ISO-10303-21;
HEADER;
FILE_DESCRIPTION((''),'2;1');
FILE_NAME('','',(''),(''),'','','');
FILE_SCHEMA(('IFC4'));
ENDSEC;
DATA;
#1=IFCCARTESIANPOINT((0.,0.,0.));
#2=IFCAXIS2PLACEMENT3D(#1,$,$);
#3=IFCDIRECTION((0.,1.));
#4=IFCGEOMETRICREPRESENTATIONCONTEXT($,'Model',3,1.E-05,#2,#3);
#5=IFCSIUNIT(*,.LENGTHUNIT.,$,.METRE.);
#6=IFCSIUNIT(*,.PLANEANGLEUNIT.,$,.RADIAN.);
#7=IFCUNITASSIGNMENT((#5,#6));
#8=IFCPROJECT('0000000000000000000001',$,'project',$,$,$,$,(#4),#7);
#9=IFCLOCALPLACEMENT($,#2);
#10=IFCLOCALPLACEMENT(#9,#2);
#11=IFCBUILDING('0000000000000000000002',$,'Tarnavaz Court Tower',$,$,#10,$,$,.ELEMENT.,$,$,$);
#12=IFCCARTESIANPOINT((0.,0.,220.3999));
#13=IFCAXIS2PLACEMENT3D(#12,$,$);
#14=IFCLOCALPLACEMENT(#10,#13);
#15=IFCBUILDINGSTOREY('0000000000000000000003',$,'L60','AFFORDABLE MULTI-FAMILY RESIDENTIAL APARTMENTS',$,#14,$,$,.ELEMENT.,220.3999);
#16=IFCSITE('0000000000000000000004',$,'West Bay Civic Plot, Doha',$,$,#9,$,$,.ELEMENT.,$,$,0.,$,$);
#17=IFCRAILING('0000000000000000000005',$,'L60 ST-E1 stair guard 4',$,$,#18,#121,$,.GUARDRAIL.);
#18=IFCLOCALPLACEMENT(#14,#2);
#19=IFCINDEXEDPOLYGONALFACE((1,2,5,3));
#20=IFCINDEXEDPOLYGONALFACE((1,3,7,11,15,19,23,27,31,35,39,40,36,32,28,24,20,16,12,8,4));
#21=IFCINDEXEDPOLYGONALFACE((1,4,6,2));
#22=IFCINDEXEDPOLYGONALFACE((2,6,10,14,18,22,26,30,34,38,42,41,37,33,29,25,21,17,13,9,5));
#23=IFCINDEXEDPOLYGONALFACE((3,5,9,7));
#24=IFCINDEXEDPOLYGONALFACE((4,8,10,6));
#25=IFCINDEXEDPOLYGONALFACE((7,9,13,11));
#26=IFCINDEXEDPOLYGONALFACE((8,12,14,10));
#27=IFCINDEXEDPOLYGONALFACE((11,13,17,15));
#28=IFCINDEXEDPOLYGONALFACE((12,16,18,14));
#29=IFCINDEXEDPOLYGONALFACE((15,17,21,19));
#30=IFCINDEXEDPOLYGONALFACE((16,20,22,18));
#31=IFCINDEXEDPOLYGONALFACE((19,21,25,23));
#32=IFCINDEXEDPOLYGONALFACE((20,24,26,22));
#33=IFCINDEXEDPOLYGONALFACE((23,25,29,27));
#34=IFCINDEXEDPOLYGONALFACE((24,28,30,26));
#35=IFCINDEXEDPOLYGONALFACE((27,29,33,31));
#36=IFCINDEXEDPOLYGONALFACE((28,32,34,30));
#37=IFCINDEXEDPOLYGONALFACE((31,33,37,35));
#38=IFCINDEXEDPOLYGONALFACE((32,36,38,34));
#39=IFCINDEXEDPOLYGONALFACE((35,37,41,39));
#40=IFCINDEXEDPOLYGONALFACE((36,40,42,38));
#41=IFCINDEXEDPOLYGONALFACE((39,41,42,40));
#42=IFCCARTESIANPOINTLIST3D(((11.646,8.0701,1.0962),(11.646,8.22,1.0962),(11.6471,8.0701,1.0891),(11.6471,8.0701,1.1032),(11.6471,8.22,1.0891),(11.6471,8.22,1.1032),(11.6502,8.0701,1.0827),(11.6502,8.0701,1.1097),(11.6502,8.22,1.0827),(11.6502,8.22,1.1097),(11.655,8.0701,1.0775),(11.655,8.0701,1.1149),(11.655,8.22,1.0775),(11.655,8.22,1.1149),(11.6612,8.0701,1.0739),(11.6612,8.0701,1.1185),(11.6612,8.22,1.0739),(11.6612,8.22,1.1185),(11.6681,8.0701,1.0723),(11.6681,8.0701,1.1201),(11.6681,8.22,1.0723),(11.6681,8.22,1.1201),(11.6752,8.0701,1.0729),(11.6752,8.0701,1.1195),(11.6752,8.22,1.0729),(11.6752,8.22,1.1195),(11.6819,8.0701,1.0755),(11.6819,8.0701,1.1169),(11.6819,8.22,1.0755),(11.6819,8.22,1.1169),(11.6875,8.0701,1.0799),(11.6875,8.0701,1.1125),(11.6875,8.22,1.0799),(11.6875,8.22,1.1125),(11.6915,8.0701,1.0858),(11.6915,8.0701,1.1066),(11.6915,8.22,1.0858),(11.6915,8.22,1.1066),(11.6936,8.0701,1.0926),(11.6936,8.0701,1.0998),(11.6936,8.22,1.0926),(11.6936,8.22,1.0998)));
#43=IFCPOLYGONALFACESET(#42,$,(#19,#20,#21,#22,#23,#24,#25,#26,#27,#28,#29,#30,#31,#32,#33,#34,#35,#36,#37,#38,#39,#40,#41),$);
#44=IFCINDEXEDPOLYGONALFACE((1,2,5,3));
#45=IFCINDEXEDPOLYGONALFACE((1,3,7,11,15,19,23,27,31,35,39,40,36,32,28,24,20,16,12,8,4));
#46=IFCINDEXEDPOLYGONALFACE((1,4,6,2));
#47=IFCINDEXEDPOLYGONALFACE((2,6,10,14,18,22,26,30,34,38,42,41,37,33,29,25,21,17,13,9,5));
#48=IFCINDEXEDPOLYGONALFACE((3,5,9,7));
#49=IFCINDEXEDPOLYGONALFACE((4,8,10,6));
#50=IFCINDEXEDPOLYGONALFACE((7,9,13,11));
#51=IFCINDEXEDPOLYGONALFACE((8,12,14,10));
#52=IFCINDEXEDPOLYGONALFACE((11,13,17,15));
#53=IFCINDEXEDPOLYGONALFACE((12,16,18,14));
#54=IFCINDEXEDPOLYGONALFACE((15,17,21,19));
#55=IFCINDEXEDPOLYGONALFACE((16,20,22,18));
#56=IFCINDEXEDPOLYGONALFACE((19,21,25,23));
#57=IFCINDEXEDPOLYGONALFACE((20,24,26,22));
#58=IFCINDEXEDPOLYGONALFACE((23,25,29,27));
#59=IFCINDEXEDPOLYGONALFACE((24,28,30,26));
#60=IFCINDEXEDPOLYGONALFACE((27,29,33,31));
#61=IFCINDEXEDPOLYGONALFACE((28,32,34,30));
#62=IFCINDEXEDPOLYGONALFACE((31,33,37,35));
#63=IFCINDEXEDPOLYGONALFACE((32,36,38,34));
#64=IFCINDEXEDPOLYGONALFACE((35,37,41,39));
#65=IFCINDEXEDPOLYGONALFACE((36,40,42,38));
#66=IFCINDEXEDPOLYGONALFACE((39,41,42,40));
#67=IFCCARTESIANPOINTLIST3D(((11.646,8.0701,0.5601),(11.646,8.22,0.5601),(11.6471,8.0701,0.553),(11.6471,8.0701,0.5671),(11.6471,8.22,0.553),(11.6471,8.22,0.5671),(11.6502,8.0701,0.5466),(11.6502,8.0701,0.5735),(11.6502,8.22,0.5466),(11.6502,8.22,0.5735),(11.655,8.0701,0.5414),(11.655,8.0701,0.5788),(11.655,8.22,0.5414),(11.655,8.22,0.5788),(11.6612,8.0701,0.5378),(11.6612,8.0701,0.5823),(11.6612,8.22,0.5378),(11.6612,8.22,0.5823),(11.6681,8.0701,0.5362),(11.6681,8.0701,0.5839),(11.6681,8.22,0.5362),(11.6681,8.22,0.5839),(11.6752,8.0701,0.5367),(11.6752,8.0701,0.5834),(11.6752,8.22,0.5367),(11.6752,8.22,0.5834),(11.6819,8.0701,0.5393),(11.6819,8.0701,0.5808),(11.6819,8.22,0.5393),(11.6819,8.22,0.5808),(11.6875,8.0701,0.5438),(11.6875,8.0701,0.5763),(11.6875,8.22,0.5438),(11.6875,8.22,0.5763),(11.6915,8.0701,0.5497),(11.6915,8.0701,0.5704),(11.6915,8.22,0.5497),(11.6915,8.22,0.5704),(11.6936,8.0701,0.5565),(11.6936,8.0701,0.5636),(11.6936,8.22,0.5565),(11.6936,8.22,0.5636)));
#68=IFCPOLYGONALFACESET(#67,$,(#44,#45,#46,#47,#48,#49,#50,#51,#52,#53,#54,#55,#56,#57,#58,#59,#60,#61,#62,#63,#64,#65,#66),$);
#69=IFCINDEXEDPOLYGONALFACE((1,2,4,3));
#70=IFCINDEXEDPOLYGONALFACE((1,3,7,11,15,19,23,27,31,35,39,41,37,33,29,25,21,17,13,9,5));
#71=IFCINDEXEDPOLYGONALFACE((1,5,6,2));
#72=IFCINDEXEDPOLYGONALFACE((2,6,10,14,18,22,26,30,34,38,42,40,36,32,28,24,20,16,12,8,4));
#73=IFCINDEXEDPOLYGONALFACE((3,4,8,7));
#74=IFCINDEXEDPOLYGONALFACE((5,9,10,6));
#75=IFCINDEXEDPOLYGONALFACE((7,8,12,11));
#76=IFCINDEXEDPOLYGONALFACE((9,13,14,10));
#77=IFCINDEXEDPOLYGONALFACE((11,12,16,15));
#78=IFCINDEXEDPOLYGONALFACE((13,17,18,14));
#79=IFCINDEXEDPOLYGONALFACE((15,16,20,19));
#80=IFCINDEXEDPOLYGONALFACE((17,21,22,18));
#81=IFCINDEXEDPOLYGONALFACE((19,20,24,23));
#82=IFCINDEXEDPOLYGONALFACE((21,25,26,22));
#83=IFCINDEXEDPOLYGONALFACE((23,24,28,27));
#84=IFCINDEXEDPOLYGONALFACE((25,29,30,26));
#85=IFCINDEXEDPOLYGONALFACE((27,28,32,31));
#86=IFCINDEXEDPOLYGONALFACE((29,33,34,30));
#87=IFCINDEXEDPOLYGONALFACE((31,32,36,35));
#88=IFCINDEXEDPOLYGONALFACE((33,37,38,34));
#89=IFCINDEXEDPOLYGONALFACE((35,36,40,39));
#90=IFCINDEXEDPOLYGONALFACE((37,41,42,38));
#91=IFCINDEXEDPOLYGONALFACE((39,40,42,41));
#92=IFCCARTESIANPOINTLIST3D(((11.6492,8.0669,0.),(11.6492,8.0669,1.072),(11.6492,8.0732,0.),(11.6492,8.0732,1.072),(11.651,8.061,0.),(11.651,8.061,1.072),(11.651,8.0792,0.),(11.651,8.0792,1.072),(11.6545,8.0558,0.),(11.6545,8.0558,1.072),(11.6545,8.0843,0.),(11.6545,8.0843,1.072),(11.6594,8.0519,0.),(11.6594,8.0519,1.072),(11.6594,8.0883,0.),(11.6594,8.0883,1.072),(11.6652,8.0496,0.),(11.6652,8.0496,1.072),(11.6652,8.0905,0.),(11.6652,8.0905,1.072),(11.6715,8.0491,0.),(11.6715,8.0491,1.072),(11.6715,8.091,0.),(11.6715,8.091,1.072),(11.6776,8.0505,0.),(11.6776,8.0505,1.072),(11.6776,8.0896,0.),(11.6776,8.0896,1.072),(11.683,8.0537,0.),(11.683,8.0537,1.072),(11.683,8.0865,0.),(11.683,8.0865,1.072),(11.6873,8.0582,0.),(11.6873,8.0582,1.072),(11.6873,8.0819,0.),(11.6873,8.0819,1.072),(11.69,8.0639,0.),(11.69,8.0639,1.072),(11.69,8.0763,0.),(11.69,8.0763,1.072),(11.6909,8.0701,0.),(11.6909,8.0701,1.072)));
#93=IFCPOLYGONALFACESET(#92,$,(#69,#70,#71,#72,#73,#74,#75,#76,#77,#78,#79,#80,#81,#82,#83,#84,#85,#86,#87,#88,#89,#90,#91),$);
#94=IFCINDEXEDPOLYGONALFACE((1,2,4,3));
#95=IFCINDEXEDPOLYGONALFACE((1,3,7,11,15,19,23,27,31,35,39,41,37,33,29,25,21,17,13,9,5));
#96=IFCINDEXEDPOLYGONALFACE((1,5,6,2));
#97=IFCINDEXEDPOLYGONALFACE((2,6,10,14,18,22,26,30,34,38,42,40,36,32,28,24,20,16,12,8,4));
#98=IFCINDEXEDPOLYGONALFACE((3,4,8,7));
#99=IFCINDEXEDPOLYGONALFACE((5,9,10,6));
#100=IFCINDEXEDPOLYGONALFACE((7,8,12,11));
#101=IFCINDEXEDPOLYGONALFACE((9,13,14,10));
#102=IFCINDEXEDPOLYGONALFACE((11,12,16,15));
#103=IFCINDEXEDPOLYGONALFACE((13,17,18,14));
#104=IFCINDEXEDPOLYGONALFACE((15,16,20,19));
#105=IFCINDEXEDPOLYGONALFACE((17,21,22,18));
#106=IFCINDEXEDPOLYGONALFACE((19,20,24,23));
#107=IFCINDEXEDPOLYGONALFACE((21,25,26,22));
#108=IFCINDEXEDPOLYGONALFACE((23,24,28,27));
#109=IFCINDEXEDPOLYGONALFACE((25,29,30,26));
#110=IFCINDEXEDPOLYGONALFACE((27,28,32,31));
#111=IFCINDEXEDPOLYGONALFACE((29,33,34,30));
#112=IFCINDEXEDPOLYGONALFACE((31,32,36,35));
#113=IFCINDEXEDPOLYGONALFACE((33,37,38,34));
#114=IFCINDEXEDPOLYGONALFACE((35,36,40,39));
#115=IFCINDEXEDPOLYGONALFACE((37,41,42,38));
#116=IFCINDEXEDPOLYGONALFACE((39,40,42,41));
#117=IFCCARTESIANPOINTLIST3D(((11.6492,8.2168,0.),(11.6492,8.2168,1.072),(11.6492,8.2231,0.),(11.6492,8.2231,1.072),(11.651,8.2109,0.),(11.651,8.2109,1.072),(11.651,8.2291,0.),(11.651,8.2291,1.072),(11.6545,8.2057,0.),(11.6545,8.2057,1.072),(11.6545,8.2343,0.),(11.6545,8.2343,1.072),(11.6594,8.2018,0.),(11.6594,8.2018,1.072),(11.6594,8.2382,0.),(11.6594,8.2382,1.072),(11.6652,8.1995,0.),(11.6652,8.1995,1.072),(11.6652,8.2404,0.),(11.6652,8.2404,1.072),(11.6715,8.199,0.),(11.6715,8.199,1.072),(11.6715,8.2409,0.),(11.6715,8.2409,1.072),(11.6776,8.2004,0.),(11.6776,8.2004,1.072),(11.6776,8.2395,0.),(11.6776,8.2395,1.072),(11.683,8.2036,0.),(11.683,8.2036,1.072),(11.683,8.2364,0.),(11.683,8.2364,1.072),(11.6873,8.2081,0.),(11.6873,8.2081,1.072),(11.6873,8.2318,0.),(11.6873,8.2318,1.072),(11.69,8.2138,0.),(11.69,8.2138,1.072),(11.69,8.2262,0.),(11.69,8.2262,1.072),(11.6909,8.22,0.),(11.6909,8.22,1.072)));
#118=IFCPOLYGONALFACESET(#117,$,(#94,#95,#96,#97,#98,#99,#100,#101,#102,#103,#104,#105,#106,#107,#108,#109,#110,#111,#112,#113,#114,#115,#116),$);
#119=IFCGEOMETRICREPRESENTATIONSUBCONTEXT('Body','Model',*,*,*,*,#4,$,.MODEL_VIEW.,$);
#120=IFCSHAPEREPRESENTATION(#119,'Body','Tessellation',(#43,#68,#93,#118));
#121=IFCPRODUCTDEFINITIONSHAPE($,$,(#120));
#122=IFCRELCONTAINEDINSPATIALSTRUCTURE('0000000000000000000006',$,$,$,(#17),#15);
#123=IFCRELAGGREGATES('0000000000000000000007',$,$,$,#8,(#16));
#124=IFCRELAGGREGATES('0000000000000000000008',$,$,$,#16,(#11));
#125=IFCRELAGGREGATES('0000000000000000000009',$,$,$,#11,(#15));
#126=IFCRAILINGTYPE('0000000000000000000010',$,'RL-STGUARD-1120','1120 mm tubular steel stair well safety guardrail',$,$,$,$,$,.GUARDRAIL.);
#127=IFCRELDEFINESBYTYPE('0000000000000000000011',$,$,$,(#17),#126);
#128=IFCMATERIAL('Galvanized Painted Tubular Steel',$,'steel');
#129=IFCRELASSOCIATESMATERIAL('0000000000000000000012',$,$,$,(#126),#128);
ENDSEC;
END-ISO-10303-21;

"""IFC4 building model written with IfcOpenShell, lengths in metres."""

from ifc_helpers import new_model, si_unit, direction, frame, origin, origin_2d, place, context, subcontext, project, spatial, circle, extrude, material, type_object, element, save


model = new_model("IFC4")

# Units and contexts
model_context = context("Model", 3, precision=1e-05, world=origin(), true_north=direction((0.0, 1.0)))
body_context = subcontext(model_context, "Body", "Model", "MODEL_VIEW")
ifc_project = project(units=[si_unit("LENGTHUNIT", "METRE"), si_unit("PLANEANGLEUNIT", "RADIAN")], contexts=[model_context])

# Site, building, storey
site_placement = place(None, origin())
site = spatial("IfcSite", under=ifc_project, at=site_placement, Name="West Bay Civic Plot, Doha", CompositionType="ELEMENT", RefElevation=0.0)
building_placement = place(site_placement, origin())
building = spatial("IfcBuilding", under=site, at=building_placement, Name="Tarnavaz Court Tower", CompositionType="ELEMENT")
storey_placement = place(building_placement, frame((0.0, 0.0, 220.3999)))
storey = spatial("IfcBuildingStorey", under=building, at=storey_placement, Name="L60", Description="AFFORDABLE MULTI-FAMILY RESIDENTIAL APARTMENTS", CompositionType="ELEMENT", Elevation=220.3999)

# Railing
ifc_material_1 = material(Name="Galvanized Painted Tubular Steel", Category="steel")
railing_type_1 = type_object("IfcRailingType", Name="RL-STGUARD-1120", Description="1120 mm tubular steel stair well safety guardrail", PredefinedType="GUARDRAIL", material=ifc_material_1)
railing_1_placement = place(storey_placement, frame((11.6699, 8.0701, 0.0)))
element("IfcRailing", 1, at=railing_1_placement, inside=storey, type_object=railing_type_1, Name="L60 ST-E1 stair guard 4", PredefinedType="GUARDRAIL", context=body_context, shape_type="SweptSolid", body=[
    extrude(circle(Radius=0.0239, at=origin_2d()), frame((0.0, 0.0, 1.0962), z_axis=(0.0, 1.0, 0.0), x_axis=(-1.0, 0.0, 0.0)), (0.0, 0.0, 1.0), 0.1499),
    extrude(circle(Radius=0.0239, at=origin_2d()), frame((0.0, 0.0, 0.5601), z_axis=(0.0, 1.0, 0.0), x_axis=(-1.0, 0.0, 0.0)), (0.0, 0.0, 1.0), 0.1499),
    extrude(circle(Radius=0.021, at=origin_2d()), origin(), (0.0, 0.0, 1.0), 1.072),
    extrude(circle(Radius=0.021, at=origin_2d()), frame((0.0, 0.1499, 0.0)), (0.0, 0.0, 1.0), 1.072),
])

save(model, "model.ifc")
